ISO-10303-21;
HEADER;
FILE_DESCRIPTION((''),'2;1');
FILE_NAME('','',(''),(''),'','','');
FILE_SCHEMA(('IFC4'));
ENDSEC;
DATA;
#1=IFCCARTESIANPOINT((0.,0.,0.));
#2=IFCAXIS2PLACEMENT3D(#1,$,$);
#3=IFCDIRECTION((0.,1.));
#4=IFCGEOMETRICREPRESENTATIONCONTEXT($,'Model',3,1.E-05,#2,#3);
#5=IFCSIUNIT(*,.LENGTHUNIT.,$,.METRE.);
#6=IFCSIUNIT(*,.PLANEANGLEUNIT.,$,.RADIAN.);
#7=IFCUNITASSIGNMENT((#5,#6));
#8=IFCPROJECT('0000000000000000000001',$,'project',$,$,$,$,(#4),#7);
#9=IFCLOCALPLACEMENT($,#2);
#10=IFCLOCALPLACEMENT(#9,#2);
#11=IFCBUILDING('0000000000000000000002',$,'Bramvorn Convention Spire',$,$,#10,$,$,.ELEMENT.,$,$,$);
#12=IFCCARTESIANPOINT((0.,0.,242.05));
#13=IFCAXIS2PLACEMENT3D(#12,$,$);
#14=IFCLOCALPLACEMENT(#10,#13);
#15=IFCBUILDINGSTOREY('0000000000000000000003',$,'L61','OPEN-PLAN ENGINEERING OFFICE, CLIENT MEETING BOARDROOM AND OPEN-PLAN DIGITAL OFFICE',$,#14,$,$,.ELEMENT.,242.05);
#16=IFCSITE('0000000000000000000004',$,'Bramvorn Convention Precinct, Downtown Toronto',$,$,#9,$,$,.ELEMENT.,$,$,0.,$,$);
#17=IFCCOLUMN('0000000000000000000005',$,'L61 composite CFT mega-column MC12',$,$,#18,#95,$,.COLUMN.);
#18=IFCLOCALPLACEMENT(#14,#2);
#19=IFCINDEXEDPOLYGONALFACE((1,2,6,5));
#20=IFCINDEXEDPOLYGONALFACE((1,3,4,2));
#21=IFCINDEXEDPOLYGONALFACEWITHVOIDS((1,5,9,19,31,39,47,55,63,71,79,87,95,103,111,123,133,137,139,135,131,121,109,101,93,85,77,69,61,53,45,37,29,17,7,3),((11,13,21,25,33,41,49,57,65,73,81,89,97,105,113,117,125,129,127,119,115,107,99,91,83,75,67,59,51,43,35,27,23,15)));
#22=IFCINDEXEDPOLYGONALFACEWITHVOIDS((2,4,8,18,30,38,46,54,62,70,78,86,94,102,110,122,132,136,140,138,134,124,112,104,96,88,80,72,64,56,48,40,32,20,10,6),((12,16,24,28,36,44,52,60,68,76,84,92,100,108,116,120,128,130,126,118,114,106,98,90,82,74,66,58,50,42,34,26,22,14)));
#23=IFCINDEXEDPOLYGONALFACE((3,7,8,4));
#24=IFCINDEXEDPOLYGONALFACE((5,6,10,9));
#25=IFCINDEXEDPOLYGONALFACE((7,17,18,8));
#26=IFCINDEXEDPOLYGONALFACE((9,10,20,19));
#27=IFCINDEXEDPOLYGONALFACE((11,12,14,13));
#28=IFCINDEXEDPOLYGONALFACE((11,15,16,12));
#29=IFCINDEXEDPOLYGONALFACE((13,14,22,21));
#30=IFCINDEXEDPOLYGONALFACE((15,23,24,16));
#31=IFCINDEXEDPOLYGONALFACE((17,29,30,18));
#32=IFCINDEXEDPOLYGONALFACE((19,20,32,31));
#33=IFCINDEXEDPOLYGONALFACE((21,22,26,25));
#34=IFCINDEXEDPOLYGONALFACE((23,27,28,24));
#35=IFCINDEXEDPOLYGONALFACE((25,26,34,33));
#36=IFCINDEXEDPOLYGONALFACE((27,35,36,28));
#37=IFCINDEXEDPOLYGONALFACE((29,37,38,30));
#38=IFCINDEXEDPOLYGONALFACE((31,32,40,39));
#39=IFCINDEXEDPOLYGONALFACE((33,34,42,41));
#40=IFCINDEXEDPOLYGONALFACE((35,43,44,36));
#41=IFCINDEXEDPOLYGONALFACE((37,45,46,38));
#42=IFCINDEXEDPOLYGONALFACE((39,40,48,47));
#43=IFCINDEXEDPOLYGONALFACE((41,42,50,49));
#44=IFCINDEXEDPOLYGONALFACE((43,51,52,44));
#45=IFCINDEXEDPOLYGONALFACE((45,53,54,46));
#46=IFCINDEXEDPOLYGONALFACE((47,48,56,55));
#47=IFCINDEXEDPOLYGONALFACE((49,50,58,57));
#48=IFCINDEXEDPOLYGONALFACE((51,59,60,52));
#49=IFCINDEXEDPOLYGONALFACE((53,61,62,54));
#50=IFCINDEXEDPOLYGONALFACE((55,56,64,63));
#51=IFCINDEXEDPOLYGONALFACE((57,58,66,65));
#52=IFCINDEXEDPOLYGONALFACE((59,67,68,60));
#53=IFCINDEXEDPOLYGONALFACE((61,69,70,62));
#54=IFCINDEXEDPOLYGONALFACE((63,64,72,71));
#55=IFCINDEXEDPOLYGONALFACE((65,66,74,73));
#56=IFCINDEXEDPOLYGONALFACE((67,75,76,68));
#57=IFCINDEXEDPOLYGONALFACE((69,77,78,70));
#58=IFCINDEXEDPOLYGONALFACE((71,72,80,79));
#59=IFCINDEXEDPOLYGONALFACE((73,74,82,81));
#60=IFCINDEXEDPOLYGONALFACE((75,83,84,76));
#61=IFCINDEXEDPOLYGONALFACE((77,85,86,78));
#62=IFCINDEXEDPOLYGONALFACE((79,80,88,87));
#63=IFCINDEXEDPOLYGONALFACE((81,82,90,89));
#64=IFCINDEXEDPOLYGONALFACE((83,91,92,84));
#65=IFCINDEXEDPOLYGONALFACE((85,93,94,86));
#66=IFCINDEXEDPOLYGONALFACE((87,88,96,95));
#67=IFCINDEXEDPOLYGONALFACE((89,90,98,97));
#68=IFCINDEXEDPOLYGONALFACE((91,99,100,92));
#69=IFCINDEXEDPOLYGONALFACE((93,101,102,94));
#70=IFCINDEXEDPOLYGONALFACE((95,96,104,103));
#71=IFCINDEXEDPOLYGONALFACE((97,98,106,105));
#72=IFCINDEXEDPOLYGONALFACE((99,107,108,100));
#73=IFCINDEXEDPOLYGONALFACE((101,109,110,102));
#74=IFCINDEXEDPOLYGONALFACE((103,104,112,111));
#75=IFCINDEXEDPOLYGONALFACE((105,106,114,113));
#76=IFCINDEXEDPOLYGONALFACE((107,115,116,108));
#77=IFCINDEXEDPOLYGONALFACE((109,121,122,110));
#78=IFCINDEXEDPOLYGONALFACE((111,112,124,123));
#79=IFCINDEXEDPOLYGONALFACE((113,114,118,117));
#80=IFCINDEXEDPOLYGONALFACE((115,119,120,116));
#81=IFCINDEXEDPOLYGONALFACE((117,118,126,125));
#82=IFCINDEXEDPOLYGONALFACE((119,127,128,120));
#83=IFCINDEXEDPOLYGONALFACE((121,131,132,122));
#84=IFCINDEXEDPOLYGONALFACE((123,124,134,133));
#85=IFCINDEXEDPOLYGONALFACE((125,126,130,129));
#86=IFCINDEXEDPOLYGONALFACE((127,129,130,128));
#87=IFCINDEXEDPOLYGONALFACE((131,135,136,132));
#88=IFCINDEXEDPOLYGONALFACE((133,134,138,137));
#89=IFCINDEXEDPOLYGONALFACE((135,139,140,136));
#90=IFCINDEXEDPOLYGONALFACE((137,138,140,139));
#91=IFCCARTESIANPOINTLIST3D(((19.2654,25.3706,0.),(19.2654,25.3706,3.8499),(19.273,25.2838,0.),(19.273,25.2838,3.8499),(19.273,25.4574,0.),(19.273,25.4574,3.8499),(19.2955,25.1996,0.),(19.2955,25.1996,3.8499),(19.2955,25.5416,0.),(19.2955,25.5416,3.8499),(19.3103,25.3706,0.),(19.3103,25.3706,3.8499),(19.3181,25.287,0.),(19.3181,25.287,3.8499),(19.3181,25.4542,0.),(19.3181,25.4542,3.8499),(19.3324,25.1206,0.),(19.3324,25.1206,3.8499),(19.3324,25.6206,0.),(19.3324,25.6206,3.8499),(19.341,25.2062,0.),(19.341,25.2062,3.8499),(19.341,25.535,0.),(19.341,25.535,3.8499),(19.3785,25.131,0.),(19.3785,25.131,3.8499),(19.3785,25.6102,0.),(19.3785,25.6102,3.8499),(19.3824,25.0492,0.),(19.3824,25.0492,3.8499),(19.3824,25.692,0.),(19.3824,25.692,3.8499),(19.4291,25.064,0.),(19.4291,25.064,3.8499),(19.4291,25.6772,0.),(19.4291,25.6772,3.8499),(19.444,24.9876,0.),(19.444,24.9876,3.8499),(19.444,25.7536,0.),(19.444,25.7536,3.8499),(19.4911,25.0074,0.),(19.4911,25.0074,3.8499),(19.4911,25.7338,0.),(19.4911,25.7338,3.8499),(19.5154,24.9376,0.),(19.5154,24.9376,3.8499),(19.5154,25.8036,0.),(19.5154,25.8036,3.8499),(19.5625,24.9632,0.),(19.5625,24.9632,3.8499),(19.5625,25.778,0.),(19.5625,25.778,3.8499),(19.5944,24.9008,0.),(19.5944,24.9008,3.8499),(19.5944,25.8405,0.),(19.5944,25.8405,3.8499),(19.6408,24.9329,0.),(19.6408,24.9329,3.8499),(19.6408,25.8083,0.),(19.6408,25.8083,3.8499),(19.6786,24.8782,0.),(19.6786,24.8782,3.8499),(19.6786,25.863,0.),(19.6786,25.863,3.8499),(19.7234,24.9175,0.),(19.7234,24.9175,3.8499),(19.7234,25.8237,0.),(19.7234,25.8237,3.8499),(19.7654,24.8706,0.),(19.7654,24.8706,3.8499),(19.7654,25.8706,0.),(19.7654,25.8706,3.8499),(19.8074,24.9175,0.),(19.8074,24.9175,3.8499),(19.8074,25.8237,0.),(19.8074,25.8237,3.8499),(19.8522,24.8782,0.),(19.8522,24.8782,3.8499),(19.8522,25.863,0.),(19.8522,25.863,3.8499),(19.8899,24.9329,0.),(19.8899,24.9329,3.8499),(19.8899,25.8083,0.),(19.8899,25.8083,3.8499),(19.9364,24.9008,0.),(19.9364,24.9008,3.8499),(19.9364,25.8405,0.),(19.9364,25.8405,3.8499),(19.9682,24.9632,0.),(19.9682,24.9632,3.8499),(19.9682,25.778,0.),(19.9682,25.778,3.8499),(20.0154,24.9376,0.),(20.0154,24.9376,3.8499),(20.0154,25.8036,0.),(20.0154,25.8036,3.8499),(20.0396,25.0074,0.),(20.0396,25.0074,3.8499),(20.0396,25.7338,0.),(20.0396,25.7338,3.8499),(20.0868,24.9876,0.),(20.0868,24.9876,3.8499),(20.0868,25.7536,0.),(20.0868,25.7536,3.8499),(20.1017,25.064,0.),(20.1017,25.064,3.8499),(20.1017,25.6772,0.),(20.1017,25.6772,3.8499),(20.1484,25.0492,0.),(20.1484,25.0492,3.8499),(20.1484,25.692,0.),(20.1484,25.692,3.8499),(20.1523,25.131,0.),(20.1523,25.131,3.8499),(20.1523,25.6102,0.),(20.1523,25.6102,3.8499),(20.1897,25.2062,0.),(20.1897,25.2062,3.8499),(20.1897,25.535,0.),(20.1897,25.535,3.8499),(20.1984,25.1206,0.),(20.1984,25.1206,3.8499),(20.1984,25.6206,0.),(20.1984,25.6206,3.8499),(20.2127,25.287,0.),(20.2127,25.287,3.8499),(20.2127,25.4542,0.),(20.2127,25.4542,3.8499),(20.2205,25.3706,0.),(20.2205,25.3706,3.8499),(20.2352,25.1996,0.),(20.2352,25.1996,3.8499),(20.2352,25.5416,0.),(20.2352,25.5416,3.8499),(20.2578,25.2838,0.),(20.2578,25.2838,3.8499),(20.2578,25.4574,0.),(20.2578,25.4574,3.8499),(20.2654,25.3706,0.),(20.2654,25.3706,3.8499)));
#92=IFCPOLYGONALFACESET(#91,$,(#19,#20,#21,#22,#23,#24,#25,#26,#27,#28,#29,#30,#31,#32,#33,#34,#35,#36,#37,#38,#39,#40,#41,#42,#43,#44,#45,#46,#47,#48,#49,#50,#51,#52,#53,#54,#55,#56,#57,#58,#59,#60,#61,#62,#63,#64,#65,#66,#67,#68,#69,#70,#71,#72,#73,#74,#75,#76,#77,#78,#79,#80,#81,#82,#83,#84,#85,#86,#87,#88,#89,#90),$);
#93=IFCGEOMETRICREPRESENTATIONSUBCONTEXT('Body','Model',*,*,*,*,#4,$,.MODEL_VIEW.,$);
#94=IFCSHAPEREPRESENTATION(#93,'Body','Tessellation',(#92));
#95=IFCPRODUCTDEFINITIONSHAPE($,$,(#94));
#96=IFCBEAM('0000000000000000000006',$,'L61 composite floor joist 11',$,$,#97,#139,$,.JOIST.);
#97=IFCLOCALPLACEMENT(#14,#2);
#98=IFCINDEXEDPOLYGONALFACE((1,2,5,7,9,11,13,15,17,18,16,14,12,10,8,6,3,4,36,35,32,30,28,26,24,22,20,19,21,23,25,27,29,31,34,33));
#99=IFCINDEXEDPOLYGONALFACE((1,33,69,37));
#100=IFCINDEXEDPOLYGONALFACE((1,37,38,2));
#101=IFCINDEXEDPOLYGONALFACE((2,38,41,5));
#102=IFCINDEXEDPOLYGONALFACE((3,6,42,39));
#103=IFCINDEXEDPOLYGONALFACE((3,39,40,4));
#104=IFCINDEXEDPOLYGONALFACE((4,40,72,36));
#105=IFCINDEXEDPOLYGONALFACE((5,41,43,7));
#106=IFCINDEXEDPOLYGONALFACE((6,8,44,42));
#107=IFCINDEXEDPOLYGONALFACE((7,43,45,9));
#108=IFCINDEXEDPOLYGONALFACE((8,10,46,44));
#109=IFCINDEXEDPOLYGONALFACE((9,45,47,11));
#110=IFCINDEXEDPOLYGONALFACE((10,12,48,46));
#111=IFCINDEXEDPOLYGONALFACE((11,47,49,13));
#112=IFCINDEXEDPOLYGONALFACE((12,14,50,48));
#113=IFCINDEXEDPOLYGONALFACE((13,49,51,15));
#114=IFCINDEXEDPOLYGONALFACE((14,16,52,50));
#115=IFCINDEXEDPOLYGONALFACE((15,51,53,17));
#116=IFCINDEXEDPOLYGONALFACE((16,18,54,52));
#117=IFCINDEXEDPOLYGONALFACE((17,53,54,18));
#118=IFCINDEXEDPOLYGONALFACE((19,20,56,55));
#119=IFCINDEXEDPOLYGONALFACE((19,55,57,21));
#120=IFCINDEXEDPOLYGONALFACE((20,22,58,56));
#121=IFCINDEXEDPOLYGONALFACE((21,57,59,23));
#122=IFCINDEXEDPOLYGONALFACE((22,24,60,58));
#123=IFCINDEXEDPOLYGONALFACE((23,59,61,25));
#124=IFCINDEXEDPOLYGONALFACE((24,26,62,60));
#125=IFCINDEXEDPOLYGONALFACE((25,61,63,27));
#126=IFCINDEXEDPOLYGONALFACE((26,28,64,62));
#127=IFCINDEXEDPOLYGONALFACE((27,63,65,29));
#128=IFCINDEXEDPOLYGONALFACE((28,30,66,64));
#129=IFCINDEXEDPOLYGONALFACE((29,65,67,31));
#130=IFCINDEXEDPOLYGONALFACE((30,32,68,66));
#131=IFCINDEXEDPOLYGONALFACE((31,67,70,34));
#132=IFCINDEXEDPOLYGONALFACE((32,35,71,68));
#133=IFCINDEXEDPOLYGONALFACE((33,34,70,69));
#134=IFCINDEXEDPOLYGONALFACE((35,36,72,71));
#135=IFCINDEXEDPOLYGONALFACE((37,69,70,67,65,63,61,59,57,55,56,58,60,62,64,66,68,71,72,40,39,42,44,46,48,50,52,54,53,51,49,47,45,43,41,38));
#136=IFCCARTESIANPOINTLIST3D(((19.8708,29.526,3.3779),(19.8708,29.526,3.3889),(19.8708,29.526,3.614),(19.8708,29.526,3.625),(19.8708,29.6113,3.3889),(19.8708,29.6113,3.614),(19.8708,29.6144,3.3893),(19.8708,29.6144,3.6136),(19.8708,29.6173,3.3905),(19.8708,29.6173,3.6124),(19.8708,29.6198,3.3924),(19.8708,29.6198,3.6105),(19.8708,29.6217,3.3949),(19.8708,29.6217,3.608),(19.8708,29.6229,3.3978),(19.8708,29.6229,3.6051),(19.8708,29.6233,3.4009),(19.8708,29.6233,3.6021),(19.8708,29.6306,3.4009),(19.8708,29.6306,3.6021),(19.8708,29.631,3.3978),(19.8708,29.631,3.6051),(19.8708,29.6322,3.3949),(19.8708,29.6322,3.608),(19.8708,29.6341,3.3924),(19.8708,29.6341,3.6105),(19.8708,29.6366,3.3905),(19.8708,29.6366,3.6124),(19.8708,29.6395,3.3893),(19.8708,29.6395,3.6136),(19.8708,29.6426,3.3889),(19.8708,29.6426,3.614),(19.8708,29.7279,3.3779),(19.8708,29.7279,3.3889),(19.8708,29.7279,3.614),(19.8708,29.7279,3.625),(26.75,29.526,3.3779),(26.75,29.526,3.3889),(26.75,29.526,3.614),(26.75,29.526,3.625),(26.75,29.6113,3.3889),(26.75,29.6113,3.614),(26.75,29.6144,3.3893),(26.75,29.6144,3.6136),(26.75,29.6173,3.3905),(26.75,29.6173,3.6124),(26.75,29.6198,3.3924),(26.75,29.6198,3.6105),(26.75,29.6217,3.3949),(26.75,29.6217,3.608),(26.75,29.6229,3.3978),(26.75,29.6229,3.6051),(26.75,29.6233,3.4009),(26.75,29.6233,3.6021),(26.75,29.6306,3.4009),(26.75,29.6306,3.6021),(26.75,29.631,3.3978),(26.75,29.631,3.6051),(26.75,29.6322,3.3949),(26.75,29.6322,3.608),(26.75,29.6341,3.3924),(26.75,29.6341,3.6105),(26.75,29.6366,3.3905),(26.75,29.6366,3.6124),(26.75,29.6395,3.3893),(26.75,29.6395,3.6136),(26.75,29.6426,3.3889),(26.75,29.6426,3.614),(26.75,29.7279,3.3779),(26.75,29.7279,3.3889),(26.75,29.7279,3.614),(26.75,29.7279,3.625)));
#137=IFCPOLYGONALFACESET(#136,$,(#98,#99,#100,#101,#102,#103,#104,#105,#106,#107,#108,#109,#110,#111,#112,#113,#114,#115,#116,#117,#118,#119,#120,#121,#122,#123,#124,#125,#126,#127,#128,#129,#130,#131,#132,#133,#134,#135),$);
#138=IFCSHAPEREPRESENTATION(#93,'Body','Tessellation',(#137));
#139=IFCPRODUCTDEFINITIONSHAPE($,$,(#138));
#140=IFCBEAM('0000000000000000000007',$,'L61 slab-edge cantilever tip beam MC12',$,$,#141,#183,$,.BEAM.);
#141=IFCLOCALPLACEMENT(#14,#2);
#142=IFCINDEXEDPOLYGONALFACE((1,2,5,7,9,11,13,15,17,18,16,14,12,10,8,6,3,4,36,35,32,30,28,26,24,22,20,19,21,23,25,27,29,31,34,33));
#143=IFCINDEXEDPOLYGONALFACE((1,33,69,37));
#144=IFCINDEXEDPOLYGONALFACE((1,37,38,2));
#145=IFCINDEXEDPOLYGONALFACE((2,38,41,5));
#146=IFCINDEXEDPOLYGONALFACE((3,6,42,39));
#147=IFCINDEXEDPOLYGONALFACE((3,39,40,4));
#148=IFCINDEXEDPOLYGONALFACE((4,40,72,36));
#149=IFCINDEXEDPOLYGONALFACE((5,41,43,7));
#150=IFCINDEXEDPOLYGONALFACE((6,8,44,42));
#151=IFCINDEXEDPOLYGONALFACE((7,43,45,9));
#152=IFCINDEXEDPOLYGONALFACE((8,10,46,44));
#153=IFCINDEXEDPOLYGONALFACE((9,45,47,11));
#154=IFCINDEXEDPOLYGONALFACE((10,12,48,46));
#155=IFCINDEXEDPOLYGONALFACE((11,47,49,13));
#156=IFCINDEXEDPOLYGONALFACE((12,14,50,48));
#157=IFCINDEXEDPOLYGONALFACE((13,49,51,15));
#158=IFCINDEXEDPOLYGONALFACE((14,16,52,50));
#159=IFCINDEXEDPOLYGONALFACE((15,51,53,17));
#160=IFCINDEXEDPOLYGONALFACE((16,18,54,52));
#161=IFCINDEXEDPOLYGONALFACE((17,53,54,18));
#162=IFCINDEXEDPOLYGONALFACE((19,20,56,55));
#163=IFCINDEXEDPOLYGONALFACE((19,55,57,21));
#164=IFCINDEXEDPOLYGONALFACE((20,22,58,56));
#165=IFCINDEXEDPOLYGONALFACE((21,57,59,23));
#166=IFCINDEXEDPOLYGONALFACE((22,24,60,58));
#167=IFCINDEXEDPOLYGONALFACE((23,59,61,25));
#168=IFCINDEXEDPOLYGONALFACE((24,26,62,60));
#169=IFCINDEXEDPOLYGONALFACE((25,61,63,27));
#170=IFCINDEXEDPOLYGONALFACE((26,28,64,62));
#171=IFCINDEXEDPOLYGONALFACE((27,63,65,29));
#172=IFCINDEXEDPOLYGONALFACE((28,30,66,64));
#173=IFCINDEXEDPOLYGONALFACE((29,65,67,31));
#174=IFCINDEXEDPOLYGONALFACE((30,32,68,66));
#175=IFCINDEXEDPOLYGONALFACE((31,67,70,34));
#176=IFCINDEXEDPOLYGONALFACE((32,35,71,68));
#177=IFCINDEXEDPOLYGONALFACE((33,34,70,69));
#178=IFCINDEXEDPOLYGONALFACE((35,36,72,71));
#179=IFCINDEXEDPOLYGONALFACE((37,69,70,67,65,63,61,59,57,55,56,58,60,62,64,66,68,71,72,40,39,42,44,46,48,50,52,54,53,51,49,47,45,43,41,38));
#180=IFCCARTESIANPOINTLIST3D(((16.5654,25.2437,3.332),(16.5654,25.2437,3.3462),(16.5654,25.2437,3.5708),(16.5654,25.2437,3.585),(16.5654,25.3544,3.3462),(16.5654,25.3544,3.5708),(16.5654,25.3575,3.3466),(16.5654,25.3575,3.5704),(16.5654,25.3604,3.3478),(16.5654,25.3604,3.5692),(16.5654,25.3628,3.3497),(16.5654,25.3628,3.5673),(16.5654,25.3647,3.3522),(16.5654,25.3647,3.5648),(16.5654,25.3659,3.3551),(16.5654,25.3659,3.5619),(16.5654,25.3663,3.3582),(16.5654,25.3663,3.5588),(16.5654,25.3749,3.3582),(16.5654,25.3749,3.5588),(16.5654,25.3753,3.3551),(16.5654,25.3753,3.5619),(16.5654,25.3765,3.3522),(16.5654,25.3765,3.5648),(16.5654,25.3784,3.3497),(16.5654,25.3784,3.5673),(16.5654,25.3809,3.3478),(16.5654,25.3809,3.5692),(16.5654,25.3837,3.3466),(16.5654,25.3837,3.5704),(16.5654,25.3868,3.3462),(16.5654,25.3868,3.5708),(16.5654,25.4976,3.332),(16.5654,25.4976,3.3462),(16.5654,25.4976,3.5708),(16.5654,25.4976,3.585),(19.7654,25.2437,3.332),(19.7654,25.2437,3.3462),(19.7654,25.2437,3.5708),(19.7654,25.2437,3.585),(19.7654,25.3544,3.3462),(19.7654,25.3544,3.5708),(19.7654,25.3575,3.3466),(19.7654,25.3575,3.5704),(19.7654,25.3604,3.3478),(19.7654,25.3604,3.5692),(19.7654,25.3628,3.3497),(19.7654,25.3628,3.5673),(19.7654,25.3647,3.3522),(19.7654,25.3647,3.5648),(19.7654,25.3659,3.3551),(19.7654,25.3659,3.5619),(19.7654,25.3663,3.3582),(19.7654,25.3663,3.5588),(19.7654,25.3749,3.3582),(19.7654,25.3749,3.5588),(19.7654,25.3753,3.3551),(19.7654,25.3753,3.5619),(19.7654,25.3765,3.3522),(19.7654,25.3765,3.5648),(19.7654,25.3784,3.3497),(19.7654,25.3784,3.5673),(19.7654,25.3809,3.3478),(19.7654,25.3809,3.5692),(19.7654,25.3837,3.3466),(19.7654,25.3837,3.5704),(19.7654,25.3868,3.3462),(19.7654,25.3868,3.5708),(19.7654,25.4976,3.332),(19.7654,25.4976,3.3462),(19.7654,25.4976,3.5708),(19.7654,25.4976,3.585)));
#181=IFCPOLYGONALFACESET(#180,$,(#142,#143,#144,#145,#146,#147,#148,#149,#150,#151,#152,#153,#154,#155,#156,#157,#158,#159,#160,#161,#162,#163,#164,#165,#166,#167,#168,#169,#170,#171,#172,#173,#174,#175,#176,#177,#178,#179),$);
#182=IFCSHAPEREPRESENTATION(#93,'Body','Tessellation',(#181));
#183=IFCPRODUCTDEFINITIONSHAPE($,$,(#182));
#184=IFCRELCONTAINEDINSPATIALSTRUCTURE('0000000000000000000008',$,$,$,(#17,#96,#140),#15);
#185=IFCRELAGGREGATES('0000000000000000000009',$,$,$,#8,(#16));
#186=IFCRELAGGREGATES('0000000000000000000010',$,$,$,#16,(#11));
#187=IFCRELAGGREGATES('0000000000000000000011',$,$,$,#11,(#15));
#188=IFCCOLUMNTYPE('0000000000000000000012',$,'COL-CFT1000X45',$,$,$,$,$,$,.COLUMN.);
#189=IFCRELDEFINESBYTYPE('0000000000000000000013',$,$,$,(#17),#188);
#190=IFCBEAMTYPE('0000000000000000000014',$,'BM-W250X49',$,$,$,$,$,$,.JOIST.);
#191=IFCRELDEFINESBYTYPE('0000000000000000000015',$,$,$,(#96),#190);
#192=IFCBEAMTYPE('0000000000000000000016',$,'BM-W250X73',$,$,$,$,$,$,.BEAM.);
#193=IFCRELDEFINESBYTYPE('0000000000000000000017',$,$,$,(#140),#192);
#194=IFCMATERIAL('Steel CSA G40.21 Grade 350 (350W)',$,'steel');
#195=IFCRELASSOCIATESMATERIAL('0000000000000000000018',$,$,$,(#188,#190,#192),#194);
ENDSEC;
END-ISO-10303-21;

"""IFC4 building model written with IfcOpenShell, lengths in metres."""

from ifc_helpers import new_model, si_unit, direction, frame, origin, origin_2d, place, context, subcontext, project, spatial, hollow_circle, i_section, extrude, material, material_profile, profile_set, type_object, element, save


model = new_model("IFC4")

# Units and contexts
model_context = context("Model", 3, precision=1e-05, world=origin(), true_north=direction((0.0, 1.0)))
body_context = subcontext(model_context, "Body", "Model", "MODEL_VIEW")
ifc_project = project(units=[si_unit("LENGTHUNIT", "METRE"), si_unit("PLANEANGLEUNIT", "RADIAN")], contexts=[model_context])

# Site, building, storey
site_placement = place(None, origin())
site = spatial("IfcSite", under=ifc_project, at=site_placement, Name="Bramvorn Convention Precinct, Downtown Toronto", CompositionType="ELEMENT", RefElevation=0.0)
building_placement = place(site_placement, origin())
building = spatial("IfcBuilding", under=site, at=building_placement, Name="Bramvorn Convention Spire", CompositionType="ELEMENT")
storey_placement = place(building_placement, frame((0.0, 0.0, 242.05)))
storey = spatial("IfcBuildingStorey", under=building, at=storey_placement, Name="L61", Description="OPEN-PLAN ENGINEERING OFFICE, CLIENT MEETING BOARDROOM AND OPEN-PLAN DIGITAL OFFICE", CompositionType="ELEMENT", Elevation=242.05)

# Column
ifc_material_1 = material(Name="Steel CSA G40.21 Grade 350 (350W)", Category="steel")
ifc_material_profile_1 = material_profile(ifc_material_1, hollow_circle(Radius=0.5, WallThickness=0.0449, at=origin_2d()))
ifc_profile_set_1 = profile_set([ifc_material_profile_1], Name="Steel CSA G40.21 Grade 350 (350W) - CFT1000X45")
column_type = type_object("IfcColumnType", Name="COL-CFT1000X45", PredefinedType="COLUMN", material=ifc_profile_set_1)
column_placement = place(storey_placement, frame((19.7654, 25.3706, 0.0), z_axis=(0.0, 0.0, 1.0), x_axis=(1.0, 0.0, 0.0)))
element("IfcColumn", 1, at=column_placement, inside=storey, type_object=column_type, Name="L61 composite CFT mega-column MC12", PredefinedType="COLUMN", context=body_context, shape_type="SweptSolid", body=[
    extrude(hollow_circle(Radius=0.5, WallThickness=0.0449, at=origin_2d()), origin(), (0.0, 0.0, 1.0), 3.8499),
])

# Beams
ifc_material_profile_2 = material_profile(ifc_material_1, i_section(OverallWidth=0.2019, OverallDepth=0.2471, WebThickness=0.0073, FlangeThickness=0.011, FilletRadius=0.012, at=origin_2d()))
ifc_profile_set_2 = profile_set([ifc_material_profile_2], Name="Steel CSA G40.21 Grade 350 (350W) - W250X49")
beam_type_1 = type_object("IfcBeamType", Name="BM-W250X49", PredefinedType="JOIST", material=ifc_profile_set_2)
beam_1_placement = place(storey_placement, frame((26.75, 29.627, 3.5015), z_axis=(-1.0, 0.0, 0.0), x_axis=(0.0, -1.0, 0.0)))
element("IfcBeam", 2, at=beam_1_placement, inside=storey, type_object=beam_type_1, Name="L61 composite floor joist 11", PredefinedType="JOIST", context=body_context, shape_type="SweptSolid", body=[
    extrude(i_section(OverallWidth=0.2019, OverallDepth=0.2471, WebThickness=0.0073, FlangeThickness=0.011, FilletRadius=0.012, at=origin_2d()), origin(), (0.0, 0.0, 1.0), 6.8792),
])
ifc_material_profile_3 = material_profile(ifc_material_1, i_section(OverallWidth=0.2539, OverallDepth=0.2529, WebThickness=0.0085, FlangeThickness=0.0142, FilletRadius=0.012, at=origin_2d()))
ifc_profile_set_3 = profile_set([ifc_material_profile_3], Name="Steel CSA G40.21 Grade 350 (350W) - W250X73")
beam_type_2 = type_object("IfcBeamType", Name="BM-W250X73", PredefinedType="BEAM", material=ifc_profile_set_3)
beam_2_placement = place(storey_placement, frame((19.7654, 25.3706, 3.4585), z_axis=(-1.0, 0.0, 0.0), x_axis=(0.0, -1.0, 0.0)))
element("IfcBeam", 3, at=beam_2_placement, inside=storey, type_object=beam_type_2, Name="L61 slab-edge cantilever tip beam MC12", PredefinedType="BEAM", context=body_context, shape_type="SweptSolid", body=[
    extrude(i_section(OverallWidth=0.2539, OverallDepth=0.2529, WebThickness=0.0085, FlangeThickness=0.0142, FilletRadius=0.012, at=origin_2d()), origin(), (0.0, 0.0, 1.0), 3.2),
])

save(model, "model.ifc")
